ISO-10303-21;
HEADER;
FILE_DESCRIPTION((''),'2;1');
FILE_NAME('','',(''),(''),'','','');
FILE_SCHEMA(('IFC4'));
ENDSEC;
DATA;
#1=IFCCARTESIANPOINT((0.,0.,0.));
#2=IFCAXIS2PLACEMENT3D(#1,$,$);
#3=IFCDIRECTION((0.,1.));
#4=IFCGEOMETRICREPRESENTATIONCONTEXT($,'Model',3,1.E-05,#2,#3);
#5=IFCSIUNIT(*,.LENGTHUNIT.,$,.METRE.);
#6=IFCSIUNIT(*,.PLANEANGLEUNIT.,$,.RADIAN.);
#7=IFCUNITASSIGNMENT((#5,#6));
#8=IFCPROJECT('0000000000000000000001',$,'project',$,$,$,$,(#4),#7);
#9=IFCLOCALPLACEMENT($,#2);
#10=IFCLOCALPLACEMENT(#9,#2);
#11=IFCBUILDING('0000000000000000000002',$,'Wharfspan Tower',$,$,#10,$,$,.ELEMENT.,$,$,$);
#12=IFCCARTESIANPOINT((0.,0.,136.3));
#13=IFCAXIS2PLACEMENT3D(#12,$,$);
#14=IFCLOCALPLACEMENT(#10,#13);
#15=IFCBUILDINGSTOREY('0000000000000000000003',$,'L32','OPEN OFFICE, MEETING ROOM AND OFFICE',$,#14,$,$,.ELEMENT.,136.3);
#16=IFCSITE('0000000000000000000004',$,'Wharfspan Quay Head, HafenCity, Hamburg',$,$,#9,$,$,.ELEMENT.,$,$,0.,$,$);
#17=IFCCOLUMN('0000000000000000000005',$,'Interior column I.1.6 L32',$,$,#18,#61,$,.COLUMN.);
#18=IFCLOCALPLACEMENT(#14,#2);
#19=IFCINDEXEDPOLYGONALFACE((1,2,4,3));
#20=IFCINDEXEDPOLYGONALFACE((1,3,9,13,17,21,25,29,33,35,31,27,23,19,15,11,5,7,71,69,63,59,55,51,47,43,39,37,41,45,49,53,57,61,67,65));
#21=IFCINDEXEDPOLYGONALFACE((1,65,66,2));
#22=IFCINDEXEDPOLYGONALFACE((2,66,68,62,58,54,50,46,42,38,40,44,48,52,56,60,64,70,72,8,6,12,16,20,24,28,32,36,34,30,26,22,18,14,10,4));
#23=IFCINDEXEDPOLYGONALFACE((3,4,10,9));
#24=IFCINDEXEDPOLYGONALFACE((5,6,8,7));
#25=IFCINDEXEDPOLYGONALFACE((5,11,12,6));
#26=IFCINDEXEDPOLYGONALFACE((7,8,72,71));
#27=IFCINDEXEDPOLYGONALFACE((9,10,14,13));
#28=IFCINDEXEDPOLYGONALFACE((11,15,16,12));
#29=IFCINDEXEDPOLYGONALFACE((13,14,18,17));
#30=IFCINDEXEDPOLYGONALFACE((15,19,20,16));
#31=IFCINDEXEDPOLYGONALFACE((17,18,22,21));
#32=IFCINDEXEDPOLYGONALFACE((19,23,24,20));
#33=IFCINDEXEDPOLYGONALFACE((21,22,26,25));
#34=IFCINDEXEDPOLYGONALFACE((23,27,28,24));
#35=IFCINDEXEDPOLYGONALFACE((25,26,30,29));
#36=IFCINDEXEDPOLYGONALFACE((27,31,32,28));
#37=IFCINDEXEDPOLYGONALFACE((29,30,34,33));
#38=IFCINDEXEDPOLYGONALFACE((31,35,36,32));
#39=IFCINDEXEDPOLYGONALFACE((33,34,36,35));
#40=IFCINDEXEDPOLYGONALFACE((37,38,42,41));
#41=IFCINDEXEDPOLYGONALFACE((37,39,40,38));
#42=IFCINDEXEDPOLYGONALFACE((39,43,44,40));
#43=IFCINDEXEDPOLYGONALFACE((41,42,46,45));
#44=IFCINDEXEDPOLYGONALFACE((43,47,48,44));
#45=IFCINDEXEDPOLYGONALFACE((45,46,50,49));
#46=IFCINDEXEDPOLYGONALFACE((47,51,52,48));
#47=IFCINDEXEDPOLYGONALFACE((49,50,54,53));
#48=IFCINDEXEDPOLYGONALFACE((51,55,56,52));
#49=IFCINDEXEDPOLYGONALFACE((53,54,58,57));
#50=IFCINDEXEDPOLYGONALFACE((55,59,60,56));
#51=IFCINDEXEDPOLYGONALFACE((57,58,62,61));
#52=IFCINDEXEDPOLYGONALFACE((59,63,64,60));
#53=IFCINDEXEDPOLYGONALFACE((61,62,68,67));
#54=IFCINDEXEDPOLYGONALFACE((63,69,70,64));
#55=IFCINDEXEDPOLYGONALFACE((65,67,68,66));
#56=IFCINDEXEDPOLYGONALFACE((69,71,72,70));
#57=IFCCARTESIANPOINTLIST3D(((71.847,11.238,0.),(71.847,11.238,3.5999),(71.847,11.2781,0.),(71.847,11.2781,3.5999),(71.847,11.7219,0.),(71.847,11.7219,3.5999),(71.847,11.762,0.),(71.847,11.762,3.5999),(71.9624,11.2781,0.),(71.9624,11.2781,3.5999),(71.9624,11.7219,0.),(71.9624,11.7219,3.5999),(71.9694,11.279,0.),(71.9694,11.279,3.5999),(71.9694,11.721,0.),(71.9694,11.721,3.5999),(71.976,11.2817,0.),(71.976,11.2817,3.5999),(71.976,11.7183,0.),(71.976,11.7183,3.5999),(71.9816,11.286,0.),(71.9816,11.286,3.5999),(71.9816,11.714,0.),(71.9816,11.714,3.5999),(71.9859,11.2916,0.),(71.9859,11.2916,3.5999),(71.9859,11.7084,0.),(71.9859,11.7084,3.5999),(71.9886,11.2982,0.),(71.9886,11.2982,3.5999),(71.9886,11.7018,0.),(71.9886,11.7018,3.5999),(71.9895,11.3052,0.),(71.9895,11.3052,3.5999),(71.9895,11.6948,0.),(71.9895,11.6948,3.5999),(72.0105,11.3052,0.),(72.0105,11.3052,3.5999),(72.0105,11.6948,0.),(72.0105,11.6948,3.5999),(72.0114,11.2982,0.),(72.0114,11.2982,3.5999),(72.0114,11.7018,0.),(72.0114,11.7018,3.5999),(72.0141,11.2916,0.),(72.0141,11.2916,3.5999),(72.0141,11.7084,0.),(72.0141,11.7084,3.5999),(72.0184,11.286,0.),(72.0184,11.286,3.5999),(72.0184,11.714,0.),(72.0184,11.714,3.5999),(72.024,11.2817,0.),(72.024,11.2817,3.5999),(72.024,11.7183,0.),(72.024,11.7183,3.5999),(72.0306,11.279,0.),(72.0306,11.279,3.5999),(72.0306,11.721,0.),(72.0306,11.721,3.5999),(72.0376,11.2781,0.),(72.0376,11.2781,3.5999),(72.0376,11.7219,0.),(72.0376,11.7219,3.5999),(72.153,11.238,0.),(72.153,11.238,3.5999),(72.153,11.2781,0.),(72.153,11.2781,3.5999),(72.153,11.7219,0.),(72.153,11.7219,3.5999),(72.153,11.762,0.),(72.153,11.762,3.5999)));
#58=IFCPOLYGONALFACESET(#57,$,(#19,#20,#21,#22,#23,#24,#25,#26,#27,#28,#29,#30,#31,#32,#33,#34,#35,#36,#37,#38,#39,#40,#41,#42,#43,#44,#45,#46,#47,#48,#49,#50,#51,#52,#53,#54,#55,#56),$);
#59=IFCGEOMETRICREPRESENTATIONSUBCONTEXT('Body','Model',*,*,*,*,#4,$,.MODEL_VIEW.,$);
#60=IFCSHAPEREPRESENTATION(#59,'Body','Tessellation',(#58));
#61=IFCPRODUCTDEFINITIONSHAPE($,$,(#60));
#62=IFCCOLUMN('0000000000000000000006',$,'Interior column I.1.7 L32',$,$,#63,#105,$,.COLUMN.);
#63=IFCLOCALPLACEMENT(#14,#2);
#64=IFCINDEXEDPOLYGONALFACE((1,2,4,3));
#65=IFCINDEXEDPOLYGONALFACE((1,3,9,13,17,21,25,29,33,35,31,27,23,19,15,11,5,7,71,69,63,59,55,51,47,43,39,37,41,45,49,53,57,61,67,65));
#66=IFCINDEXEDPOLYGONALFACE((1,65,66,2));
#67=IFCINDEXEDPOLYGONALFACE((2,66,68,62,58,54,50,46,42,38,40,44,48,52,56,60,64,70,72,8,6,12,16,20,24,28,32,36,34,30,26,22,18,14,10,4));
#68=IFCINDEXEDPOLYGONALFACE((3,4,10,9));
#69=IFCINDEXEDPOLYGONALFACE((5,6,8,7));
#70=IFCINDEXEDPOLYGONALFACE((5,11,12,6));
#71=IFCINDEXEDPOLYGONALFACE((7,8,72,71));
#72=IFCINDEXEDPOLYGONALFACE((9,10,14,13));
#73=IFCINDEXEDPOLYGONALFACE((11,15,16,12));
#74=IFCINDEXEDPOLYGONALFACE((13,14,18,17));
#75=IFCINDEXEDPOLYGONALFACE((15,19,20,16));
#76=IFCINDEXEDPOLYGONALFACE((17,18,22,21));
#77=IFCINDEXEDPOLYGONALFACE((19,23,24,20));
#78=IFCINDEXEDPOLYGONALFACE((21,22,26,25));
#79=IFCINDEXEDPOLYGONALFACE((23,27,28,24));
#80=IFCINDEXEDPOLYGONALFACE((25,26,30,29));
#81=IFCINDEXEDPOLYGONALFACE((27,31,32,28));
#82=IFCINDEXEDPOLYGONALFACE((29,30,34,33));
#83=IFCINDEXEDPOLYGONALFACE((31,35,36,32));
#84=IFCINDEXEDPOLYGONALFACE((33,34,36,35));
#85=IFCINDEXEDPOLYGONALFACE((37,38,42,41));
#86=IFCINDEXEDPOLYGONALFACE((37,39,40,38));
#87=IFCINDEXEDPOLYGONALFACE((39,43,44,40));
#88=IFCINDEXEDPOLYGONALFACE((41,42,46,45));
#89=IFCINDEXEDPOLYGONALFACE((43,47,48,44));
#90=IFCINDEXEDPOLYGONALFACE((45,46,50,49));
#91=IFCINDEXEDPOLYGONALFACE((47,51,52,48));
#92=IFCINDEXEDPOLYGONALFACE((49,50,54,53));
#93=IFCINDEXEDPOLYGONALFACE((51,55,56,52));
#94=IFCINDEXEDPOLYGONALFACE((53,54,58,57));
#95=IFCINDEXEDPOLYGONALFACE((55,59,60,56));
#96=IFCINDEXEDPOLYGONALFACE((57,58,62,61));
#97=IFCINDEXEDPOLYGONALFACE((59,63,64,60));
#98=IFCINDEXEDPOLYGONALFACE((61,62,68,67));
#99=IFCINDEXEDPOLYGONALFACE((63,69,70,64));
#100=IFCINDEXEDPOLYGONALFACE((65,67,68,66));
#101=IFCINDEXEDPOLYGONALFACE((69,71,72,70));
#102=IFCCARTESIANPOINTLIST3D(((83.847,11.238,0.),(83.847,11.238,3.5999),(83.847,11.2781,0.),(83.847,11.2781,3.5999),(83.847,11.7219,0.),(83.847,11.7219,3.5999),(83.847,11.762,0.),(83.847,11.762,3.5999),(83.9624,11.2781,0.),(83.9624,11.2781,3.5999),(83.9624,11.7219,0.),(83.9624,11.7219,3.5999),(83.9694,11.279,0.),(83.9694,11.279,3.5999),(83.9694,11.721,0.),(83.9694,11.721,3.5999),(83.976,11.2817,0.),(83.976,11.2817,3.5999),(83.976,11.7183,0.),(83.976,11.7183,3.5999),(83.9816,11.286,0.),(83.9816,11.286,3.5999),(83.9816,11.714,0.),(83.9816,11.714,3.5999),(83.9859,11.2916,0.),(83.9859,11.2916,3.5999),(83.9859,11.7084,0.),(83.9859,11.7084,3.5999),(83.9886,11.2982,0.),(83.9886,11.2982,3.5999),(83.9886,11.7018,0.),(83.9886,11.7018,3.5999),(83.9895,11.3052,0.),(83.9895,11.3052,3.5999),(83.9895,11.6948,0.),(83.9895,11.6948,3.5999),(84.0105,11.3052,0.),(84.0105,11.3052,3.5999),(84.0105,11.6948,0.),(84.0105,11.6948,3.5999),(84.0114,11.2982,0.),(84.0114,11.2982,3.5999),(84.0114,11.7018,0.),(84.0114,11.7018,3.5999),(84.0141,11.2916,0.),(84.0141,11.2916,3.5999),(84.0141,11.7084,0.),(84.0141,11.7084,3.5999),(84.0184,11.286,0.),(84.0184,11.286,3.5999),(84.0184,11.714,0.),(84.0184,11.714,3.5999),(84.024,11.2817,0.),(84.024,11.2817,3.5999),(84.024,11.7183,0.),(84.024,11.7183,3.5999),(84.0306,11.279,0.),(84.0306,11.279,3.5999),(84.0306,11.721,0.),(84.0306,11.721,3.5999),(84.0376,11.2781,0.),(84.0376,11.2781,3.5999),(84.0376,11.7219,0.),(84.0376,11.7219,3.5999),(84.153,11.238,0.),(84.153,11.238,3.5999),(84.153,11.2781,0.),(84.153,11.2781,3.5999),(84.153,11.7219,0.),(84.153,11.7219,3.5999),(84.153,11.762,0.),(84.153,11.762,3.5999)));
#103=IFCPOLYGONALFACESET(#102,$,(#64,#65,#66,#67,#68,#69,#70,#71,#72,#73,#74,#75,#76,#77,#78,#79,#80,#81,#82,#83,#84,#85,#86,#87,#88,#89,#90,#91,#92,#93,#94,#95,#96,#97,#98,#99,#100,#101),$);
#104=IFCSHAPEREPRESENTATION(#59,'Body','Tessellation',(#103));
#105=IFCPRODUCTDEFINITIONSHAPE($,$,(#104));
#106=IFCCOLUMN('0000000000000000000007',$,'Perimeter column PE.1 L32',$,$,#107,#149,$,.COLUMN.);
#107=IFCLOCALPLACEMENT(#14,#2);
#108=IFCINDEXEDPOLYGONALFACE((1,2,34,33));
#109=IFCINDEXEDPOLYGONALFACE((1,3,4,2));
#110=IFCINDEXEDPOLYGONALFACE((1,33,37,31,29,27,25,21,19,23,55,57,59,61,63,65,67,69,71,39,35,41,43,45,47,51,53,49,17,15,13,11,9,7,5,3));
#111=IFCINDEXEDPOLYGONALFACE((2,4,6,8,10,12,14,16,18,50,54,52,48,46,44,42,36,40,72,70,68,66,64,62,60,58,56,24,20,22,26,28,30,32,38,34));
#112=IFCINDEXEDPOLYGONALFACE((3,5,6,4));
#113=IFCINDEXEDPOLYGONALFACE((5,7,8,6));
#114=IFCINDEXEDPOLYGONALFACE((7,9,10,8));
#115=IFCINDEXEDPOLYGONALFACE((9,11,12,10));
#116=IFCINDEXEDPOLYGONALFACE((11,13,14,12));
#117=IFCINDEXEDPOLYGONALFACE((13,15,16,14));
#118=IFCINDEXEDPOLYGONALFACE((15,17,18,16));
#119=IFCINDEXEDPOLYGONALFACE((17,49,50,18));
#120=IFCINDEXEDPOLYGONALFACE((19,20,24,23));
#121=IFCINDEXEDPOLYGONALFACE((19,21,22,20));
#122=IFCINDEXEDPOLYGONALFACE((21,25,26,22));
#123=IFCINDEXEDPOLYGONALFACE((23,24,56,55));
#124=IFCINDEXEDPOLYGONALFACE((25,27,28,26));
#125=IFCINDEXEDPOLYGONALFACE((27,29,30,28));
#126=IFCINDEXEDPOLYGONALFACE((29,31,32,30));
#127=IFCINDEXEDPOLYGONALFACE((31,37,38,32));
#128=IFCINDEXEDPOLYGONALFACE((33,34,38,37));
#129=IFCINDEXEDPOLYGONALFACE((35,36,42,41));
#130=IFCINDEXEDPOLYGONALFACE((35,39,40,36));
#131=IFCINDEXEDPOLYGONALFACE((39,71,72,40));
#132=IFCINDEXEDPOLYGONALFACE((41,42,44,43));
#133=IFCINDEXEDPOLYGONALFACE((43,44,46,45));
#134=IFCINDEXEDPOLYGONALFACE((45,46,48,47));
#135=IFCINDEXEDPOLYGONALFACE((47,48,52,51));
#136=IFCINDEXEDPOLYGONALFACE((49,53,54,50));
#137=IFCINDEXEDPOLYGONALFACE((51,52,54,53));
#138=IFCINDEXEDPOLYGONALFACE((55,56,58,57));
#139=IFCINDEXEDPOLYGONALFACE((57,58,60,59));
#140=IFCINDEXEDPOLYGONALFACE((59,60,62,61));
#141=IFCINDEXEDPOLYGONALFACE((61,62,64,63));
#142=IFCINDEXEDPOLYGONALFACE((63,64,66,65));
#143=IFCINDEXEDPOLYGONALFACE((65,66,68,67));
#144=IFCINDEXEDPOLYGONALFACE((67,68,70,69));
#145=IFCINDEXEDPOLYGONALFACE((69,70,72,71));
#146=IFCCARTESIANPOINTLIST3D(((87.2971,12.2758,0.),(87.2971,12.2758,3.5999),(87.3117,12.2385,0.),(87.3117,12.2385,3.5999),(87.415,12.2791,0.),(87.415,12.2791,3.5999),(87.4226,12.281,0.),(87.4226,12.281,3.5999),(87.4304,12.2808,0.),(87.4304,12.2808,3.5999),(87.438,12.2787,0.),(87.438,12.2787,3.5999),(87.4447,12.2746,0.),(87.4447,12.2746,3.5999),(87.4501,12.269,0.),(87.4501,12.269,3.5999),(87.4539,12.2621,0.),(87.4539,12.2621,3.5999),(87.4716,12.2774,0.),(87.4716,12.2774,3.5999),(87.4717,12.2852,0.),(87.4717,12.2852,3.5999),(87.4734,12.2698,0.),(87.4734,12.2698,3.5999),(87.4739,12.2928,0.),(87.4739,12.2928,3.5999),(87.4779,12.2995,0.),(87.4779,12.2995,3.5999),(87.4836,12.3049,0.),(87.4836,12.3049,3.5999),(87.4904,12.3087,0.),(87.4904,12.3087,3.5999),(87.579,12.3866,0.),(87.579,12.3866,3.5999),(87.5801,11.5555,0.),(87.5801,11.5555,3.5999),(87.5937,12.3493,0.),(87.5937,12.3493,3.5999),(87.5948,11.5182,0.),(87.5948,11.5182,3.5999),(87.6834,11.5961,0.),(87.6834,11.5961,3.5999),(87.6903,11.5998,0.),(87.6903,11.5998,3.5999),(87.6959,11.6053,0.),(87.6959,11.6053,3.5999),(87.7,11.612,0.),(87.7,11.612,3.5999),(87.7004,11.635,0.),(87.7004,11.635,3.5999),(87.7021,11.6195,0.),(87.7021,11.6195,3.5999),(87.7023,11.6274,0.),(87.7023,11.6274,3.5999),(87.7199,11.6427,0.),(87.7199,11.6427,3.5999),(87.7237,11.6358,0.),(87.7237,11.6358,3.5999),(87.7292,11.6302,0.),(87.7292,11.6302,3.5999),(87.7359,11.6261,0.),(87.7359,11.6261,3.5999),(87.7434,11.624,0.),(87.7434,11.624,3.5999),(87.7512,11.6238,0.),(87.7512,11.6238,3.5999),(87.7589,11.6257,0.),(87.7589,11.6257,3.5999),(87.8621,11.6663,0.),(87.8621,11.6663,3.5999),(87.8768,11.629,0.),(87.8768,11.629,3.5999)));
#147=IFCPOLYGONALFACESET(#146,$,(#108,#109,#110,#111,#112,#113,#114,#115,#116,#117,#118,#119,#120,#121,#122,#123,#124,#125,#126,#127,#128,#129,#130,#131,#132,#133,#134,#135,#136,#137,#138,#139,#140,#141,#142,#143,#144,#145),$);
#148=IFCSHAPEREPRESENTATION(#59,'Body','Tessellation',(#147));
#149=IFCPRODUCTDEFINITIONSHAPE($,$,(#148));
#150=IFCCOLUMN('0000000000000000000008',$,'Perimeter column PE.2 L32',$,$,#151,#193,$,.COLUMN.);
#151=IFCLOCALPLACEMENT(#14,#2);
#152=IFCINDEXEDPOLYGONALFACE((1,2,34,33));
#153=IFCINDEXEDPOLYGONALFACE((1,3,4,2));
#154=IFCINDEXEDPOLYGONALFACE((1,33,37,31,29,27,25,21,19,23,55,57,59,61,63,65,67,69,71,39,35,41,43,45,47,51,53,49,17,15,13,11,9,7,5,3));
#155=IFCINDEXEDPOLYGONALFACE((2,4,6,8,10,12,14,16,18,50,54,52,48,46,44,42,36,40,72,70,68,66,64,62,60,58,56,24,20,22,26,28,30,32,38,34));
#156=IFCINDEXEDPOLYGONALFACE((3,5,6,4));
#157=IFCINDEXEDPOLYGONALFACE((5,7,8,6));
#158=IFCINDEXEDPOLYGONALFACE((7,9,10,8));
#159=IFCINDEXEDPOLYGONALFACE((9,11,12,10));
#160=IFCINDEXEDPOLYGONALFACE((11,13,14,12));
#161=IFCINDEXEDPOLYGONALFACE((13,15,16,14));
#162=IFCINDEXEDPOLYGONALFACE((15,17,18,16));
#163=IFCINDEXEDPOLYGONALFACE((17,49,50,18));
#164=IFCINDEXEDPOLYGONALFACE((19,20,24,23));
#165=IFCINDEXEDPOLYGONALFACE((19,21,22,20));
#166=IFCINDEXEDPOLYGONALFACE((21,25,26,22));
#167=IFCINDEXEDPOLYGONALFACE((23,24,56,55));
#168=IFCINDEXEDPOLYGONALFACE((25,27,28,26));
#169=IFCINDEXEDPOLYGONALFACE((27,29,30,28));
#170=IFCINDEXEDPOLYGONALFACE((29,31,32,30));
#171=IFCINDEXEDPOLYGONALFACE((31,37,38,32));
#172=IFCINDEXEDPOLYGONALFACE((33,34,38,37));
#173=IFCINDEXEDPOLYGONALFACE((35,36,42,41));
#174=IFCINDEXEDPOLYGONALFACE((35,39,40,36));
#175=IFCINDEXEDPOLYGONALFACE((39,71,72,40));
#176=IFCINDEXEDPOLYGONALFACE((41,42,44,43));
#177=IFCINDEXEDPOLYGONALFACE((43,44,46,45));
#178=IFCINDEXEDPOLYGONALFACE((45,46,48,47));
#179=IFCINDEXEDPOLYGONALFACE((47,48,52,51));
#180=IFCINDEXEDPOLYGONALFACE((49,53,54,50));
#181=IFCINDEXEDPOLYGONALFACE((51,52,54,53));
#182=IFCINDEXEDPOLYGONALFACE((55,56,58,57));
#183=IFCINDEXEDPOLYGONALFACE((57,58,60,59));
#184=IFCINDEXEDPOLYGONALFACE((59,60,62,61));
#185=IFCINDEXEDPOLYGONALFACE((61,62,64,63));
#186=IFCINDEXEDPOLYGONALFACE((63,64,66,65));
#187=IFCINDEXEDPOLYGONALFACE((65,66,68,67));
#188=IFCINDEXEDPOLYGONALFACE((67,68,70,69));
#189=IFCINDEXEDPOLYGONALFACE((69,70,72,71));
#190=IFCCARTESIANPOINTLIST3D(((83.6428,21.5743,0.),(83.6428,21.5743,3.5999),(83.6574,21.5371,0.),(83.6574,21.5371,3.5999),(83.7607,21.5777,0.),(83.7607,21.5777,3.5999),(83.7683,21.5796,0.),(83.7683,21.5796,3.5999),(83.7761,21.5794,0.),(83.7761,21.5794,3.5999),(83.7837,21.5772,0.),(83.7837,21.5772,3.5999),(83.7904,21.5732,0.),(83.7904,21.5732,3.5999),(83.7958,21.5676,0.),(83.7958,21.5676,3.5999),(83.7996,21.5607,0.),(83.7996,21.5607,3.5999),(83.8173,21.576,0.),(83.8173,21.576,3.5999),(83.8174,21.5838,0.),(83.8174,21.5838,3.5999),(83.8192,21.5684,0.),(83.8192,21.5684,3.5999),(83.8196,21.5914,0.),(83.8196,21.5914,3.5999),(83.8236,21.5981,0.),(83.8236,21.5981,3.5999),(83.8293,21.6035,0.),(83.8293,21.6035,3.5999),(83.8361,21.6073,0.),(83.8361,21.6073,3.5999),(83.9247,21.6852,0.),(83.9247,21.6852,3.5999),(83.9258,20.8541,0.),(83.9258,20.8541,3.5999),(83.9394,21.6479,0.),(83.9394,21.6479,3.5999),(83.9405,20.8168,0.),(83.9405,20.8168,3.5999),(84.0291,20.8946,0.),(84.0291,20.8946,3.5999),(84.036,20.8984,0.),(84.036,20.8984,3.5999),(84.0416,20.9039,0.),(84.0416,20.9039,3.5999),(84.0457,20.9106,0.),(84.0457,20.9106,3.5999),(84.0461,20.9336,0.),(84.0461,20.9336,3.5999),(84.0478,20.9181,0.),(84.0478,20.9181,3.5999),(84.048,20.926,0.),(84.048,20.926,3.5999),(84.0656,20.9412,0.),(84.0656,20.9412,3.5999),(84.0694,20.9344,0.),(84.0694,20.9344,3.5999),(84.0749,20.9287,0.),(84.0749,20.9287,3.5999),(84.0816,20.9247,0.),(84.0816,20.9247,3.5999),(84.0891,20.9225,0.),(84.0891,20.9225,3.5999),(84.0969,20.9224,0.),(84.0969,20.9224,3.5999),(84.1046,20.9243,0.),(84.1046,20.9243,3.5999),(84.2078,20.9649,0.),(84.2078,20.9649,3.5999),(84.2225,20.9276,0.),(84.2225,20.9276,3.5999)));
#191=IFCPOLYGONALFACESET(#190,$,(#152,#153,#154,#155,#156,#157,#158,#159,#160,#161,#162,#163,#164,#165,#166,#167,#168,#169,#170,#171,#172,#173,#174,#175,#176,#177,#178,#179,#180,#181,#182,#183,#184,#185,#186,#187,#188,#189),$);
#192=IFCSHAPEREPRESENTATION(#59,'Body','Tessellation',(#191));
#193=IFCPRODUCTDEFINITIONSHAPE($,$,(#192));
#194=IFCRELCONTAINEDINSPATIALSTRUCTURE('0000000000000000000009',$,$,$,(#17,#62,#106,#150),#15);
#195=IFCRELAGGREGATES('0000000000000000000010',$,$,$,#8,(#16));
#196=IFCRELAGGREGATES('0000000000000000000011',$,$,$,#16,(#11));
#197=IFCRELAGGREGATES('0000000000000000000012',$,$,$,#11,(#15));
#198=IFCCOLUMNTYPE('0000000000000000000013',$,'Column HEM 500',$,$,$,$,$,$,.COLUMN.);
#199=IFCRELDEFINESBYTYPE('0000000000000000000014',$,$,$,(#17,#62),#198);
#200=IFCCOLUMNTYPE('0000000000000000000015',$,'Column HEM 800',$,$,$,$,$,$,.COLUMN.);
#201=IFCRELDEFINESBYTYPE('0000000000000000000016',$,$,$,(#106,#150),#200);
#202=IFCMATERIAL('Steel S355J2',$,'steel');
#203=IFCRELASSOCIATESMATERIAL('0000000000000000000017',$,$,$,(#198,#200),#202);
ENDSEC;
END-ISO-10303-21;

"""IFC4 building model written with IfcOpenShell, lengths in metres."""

from ifc_helpers import new_model, si_unit, direction, frame, origin, origin_2d, place, context, subcontext, project, spatial, i_section, extrude, material, material_profile, profile_set, type_object, element, save


model = new_model("IFC4")

# Units and contexts
model_context = context("Model", 3, precision=1e-05, world=origin(), true_north=direction((0.0, 1.0)))
body_context = subcontext(model_context, "Body", "Model", "MODEL_VIEW")
ifc_project = project(units=[si_unit("LENGTHUNIT", "METRE"), si_unit("PLANEANGLEUNIT", "RADIAN")], contexts=[model_context])

# Site, building, storey
site_placement = place(None, origin())
site = spatial("IfcSite", under=ifc_project, at=site_placement, Name="Wharfspan Quay Head, HafenCity, Hamburg", CompositionType="ELEMENT", RefElevation=0.0)
building_placement = place(site_placement, origin())
building = spatial("IfcBuilding", under=site, at=building_placement, Name="Wharfspan Tower", CompositionType="ELEMENT")
storey_placement = place(building_placement, frame((0.0, 0.0, 136.3)))
storey = spatial("IfcBuildingStorey", under=building, at=storey_placement, Name="L32", Description="OPEN OFFICE, MEETING ROOM AND OFFICE", CompositionType="ELEMENT", Elevation=136.3)

# Columns
ifc_material_1 = material(Name="Steel S355J2", Category="steel")
ifc_material_profile_1 = material_profile(ifc_material_1, i_section(OverallWidth=0.3059, OverallDepth=0.5239, WebThickness=0.021, FlangeThickness=0.04, FilletRadius=0.0271, at=origin_2d()))
ifc_profile_set_1 = profile_set([ifc_material_profile_1], Name="Steel S355J2")
column_type_1 = type_object("IfcColumnType", Name="Column HEM 500", PredefinedType="COLUMN", material=ifc_profile_set_1)
for number, where, z_axis, x_axis, name in (
    (1, (72.0, 11.5, 0.0), (0.0, 0.0, 1.0), (1.0, 0.0, 0.0), "Interior column I.1.6 L32"),
    (2, (84.0, 11.5, 0.0), (0.0, 0.0, 1.0), (1.0, 0.0, 0.0), "Interior column I.1.7 L32"),
):
    element("IfcColumn", number, at=place(storey_placement, frame(where, z_axis=z_axis, x_axis=x_axis)), inside=storey, type_object=column_type_1, Name=name, PredefinedType="COLUMN", context=body_context, shape_type="SweptSolid", body=[
        extrude(i_section(OverallWidth=0.3059, OverallDepth=0.5239, WebThickness=0.021, FlangeThickness=0.04, FilletRadius=0.0271, at=origin_2d()), origin(), (0.0, 0.0, 1.0), 3.5999),
    ])
ifc_material_profile_2 = material_profile(ifc_material_1, i_section(OverallWidth=0.303, OverallDepth=0.814, WebThickness=0.021, FlangeThickness=0.04, FilletRadius=0.03, at=origin_2d()))
ifc_profile_set_2 = profile_set([ifc_material_profile_2], Name="Steel S355J2")
column_type_2 = type_object("IfcColumnType", Name="Column HEM 800", PredefinedType="COLUMN", material=ifc_profile_set_2)
for number, where, z_axis, x_axis, name in (
    (3, (87.5869, 11.9524, 0.0), (0.0, 0.0, 1.0), (0.930702, 0.365778, 0.0), "Perimeter column PE.1 L32"),
    (4, (83.9326, 21.251, 0.0), (0.0, 0.0, 1.0), (0.930702, 0.365778, 0.0), "Perimeter column PE.2 L32"),
):
    element("IfcColumn", number, at=place(storey_placement, frame(where, z_axis=z_axis, x_axis=x_axis)), inside=storey, type_object=column_type_2, Name=name, PredefinedType="COLUMN", context=body_context, shape_type="SweptSolid", body=[
        extrude(i_section(OverallWidth=0.303, OverallDepth=0.814, WebThickness=0.021, FlangeThickness=0.04, FilletRadius=0.03, at=origin_2d()), origin(), (0.0, 0.0, 1.0), 3.5999),
    ])

save(model, "model.ifc")
